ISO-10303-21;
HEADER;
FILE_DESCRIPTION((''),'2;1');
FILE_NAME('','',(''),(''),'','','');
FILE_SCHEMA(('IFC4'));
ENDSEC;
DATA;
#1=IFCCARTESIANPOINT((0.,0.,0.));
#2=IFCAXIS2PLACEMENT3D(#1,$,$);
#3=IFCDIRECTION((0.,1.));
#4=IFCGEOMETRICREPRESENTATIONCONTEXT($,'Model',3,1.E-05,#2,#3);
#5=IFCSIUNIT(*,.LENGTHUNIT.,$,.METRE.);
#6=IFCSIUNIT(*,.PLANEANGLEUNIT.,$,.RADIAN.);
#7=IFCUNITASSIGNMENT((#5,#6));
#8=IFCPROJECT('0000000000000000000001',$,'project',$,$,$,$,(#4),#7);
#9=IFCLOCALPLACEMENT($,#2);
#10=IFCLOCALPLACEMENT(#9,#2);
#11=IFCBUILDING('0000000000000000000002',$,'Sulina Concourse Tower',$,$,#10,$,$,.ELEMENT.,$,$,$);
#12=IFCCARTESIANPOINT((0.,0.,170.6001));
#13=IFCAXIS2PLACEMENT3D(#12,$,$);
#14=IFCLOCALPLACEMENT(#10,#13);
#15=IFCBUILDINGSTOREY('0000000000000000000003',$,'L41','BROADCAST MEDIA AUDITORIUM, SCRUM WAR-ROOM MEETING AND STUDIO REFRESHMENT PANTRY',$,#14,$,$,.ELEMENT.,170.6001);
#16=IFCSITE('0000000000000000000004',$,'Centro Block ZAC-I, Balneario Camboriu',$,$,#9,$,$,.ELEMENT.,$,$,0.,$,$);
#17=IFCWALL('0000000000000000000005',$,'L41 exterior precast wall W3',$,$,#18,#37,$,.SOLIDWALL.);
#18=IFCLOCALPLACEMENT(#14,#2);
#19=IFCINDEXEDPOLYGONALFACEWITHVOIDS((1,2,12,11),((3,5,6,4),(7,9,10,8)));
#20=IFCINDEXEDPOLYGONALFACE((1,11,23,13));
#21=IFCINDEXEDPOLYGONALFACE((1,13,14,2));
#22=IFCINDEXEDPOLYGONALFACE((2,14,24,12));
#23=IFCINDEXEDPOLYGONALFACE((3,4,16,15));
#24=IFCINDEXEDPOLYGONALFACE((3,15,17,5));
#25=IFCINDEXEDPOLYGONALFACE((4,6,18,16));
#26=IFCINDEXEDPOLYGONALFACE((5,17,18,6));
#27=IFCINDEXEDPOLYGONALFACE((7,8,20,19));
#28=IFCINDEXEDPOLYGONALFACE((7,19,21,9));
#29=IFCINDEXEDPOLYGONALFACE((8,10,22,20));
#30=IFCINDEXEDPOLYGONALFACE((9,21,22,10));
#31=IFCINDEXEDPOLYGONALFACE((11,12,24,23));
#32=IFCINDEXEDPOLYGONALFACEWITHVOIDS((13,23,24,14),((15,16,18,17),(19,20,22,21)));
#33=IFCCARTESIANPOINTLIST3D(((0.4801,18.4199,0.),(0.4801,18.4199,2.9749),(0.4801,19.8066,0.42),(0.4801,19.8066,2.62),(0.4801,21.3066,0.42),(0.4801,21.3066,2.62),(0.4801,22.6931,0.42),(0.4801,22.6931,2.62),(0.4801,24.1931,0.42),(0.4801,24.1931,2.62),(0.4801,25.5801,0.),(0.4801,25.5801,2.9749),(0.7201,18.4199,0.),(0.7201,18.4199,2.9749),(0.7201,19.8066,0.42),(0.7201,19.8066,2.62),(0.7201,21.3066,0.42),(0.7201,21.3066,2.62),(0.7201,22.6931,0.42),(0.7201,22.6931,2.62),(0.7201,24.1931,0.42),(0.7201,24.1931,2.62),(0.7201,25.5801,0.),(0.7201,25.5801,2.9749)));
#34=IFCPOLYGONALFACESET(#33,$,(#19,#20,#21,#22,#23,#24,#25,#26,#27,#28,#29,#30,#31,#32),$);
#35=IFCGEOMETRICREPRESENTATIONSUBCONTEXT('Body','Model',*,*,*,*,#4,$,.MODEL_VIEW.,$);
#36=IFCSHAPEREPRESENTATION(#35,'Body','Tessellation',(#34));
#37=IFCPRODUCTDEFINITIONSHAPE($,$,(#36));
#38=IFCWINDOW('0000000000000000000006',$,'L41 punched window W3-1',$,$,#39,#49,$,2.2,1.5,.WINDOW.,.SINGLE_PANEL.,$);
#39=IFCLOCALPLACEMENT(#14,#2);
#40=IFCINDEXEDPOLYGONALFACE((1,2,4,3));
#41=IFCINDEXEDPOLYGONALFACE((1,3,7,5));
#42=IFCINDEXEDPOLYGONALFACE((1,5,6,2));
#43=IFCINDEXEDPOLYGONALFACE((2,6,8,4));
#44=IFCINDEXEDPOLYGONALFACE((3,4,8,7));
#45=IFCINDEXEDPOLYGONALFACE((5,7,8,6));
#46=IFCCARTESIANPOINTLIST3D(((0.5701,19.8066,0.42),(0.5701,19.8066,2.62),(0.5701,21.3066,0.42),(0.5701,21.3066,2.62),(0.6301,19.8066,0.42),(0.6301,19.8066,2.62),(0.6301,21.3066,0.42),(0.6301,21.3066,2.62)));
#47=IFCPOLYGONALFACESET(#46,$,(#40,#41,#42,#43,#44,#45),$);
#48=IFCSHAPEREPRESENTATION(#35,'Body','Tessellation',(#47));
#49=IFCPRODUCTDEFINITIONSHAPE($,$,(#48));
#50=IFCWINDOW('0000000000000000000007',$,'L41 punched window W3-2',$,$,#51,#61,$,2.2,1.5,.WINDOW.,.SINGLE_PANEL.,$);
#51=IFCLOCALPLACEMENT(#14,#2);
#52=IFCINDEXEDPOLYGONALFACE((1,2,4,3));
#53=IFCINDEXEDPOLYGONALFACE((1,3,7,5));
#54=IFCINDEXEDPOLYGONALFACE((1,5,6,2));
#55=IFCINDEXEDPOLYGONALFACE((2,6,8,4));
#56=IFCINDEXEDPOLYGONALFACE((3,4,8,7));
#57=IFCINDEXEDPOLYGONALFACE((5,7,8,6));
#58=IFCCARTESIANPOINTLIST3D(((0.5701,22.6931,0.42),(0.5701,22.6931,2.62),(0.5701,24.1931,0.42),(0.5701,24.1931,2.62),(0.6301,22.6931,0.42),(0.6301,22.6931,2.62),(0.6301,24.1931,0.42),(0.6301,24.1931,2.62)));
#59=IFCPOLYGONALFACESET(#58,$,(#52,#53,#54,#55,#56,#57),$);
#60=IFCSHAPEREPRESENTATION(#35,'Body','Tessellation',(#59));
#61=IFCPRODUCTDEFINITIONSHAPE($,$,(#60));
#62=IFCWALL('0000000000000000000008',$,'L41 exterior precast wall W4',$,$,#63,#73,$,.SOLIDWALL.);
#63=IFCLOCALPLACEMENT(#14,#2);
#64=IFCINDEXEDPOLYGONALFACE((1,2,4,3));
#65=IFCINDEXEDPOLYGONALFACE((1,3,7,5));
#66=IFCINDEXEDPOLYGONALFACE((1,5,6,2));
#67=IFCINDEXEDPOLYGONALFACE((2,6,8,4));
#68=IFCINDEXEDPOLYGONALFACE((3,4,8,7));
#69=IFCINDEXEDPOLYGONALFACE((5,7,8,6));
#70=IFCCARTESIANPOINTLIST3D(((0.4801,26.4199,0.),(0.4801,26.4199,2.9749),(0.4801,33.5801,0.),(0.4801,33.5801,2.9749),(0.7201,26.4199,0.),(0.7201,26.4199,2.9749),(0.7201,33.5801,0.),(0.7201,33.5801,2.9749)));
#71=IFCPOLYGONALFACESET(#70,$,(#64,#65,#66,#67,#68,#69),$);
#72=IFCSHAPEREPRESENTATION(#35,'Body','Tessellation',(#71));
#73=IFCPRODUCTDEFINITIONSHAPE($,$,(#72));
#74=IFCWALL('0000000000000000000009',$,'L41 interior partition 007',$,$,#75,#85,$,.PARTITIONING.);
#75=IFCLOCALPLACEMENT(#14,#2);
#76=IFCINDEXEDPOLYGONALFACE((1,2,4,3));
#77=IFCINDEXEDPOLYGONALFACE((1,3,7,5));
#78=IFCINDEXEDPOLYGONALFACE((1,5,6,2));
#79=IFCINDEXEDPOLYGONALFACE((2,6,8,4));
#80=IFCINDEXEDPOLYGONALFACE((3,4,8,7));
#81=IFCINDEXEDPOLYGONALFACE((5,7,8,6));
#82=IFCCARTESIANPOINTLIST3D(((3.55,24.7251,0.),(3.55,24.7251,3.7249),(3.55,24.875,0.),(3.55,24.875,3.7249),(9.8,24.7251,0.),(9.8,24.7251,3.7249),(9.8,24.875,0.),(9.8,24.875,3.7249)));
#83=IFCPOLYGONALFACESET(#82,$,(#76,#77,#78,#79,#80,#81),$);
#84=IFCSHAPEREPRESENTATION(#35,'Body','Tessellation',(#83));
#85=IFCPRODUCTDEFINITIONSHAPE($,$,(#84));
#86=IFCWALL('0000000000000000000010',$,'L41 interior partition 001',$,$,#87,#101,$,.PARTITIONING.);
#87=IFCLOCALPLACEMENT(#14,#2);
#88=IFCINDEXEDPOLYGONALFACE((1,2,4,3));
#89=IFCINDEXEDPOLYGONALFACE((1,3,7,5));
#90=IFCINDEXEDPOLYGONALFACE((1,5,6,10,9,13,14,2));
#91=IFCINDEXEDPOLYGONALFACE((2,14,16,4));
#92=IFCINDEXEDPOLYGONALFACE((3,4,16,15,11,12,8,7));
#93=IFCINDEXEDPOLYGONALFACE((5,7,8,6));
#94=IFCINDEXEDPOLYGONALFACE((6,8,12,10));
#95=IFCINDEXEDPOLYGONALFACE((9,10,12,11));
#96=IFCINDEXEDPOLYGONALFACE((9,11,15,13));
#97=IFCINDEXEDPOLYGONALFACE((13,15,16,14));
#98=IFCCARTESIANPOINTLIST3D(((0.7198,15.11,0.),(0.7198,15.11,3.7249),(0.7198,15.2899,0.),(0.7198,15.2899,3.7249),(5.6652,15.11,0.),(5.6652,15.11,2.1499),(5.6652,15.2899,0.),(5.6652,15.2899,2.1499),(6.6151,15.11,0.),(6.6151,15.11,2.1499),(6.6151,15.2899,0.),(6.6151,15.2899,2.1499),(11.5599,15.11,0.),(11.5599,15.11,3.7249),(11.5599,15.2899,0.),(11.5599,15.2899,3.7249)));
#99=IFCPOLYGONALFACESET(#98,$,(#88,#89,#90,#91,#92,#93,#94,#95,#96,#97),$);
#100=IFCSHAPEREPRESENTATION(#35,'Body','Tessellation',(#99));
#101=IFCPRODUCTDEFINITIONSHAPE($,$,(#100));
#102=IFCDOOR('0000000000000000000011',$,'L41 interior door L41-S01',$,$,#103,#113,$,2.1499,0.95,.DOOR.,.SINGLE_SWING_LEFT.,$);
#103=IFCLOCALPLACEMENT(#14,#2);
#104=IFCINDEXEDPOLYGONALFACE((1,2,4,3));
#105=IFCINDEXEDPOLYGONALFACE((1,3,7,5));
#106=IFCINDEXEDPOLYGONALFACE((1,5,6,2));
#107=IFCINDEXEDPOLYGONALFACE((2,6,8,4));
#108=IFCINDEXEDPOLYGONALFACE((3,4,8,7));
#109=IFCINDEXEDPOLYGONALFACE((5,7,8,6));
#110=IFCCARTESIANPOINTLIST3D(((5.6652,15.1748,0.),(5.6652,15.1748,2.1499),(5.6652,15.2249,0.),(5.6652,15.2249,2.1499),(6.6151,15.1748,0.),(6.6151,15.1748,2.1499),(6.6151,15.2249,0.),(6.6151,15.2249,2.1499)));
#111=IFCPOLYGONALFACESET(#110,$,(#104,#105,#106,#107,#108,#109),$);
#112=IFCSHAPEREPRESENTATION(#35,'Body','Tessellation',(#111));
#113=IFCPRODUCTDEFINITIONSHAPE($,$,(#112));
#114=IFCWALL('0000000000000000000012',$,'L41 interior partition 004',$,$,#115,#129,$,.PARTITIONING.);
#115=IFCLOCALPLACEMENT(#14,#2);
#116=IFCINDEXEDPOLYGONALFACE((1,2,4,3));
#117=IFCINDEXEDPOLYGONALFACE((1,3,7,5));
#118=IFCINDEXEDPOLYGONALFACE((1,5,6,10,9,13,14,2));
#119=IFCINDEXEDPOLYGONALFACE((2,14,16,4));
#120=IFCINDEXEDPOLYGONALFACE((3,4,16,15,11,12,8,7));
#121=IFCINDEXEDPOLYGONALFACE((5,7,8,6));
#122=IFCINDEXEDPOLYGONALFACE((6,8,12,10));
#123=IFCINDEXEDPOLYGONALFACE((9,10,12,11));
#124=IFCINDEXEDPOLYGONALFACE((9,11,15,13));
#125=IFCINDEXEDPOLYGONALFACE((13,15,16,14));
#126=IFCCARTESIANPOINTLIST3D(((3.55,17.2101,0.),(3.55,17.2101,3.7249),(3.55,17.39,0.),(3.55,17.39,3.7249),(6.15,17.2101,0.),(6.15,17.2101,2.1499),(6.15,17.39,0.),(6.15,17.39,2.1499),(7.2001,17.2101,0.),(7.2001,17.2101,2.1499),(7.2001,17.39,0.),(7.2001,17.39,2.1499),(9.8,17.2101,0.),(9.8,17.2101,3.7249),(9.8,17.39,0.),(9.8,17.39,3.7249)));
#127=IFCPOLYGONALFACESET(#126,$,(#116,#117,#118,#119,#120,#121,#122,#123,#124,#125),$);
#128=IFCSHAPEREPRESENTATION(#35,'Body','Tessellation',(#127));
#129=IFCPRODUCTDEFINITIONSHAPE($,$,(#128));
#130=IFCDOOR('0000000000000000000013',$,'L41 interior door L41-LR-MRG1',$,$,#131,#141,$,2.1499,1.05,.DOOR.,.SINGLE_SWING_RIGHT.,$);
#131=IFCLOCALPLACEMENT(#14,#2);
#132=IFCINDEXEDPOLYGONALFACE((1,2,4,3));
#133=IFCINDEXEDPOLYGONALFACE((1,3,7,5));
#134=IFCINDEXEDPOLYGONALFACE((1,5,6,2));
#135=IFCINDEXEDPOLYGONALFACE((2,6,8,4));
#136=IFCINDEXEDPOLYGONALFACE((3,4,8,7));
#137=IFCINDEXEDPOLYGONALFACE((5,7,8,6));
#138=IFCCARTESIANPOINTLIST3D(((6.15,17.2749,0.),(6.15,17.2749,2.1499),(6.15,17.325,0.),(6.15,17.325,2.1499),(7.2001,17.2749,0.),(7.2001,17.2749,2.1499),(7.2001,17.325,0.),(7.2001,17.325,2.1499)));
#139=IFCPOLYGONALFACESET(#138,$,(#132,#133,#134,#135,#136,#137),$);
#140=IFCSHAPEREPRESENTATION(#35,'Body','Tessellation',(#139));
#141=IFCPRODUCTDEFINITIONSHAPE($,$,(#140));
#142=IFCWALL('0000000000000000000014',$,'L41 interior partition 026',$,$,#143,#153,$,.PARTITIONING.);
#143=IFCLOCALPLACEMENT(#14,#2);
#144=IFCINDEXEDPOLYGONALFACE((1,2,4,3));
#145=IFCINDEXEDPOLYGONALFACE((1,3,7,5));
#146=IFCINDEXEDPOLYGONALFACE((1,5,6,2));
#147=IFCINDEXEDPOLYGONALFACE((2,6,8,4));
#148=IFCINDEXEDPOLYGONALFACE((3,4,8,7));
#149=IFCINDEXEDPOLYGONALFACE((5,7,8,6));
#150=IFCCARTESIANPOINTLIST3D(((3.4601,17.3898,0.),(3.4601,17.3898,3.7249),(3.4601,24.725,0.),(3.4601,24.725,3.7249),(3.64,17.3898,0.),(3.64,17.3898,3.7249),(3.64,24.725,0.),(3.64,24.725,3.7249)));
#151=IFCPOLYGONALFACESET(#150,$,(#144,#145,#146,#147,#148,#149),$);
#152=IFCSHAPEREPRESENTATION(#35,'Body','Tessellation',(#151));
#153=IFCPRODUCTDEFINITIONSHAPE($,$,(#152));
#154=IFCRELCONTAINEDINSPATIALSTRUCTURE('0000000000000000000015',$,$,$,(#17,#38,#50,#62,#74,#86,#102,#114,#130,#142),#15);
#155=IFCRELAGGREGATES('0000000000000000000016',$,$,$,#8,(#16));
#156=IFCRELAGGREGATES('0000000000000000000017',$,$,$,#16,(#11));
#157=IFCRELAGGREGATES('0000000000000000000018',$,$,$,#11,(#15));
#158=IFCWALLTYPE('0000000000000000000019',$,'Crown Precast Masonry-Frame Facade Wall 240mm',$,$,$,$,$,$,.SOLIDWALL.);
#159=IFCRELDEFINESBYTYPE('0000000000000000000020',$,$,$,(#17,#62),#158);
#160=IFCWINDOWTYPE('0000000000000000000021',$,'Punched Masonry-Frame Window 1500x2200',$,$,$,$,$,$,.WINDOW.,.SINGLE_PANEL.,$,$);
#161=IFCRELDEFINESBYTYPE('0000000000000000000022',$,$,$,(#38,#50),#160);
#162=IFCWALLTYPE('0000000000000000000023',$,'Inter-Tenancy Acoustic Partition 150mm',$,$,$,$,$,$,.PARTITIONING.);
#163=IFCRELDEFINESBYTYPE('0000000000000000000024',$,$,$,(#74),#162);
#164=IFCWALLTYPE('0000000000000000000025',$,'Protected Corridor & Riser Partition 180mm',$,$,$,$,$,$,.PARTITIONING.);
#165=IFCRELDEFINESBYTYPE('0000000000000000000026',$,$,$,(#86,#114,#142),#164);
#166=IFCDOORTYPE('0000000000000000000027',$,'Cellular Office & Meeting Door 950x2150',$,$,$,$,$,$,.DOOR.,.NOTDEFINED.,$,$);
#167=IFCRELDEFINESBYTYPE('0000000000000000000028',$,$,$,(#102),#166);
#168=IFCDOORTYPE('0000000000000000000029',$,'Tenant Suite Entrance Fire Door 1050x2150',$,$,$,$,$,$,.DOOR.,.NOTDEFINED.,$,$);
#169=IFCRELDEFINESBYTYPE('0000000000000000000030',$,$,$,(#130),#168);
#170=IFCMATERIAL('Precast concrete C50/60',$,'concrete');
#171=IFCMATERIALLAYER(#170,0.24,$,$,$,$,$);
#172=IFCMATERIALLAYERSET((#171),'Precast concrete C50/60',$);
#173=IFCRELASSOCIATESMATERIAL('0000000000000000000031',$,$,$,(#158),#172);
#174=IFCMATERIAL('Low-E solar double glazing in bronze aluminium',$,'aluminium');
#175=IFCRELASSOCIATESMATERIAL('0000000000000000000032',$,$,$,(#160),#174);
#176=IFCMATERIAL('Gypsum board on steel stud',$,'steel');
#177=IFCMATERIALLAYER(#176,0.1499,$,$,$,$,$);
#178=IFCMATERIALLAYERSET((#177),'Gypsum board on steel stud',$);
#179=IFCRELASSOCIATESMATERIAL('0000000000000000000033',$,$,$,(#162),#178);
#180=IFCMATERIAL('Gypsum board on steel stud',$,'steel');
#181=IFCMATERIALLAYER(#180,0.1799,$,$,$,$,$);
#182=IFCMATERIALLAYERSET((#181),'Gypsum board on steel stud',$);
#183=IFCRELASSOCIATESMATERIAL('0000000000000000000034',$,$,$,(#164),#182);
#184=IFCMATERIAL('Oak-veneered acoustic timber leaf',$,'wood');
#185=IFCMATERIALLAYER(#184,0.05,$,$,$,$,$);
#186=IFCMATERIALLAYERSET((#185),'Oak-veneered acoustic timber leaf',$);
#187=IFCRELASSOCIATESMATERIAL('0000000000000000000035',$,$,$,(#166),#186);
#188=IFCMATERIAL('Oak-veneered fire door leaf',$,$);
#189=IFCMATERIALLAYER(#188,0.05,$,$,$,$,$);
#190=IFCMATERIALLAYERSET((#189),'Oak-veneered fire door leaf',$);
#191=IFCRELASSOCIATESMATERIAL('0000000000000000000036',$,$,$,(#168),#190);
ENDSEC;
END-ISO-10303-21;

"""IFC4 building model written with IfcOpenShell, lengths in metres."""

from ifc_helpers import new_model, si_unit, direction, frame, frame_2d, origin, place, context, subcontext, project, spatial, rectangle, extrude, material, layer, layer_set, type_object, element, fill, save


model = new_model("IFC4")

# Units and contexts
model_context = context("Model", 3, precision=1e-05, world=origin(), true_north=direction((0.0, 1.0)))
body_context = subcontext(model_context, "Body", "Model", "MODEL_VIEW")
ifc_project = project(units=[si_unit("LENGTHUNIT", "METRE"), si_unit("PLANEANGLEUNIT", "RADIAN")], contexts=[model_context])

# Site, building, storey
site_placement = place(None, origin())
site = spatial("IfcSite", under=ifc_project, at=site_placement, Name="Centro Block ZAC-I, Balneario Camboriu", CompositionType="ELEMENT", RefElevation=0.0)
building_placement = place(site_placement, origin())
building = spatial("IfcBuilding", under=site, at=building_placement, Name="Sulina Concourse Tower", CompositionType="ELEMENT")
storey_placement = place(building_placement, frame((0.0, 0.0, 170.6001)))
storey = spatial("IfcBuildingStorey", under=building, at=storey_placement, Name="L41", Description="BROADCAST MEDIA AUDITORIUM, SCRUM WAR-ROOM MEETING AND STUDIO REFRESHMENT PANTRY", CompositionType="ELEMENT", Elevation=170.6001)

# Wall, openings, windows
ifc_material_1 = material(Name="Precast concrete C50/60", Category="concrete")
ifc_layer_1 = layer(ifc_material_1, 0.24)
ifc_layer_set_1 = layer_set([ifc_layer_1], Name="Precast concrete C50/60")
wall_type_1 = type_object("IfcWallType", Name="Crown Precast Masonry-Frame Facade Wall 240mm", PredefinedType="SOLIDWALL", material=ifc_layer_set_1)
wall_1_placement = place(storey_placement, frame((0.6001, 18.4199, 0.0), z_axis=(0.0, 0.0, 1.0), x_axis=(0.0, 1.0, 0.0)))
wall_1 = element("IfcWall", 1, at=wall_1_placement, inside=storey, type_object=wall_type_1, Name="L41 exterior precast wall W3", PredefinedType="SOLIDWALL", context=body_context, shape_type="SweptSolid", body=[
    extrude(rectangle(XDim=7.1602, YDim=0.24, at=frame_2d((3.5801, 0.0))), origin(), (0.0, 0.0, 1.0), 2.9749),
])
opening_1_placement = place(wall_1_placement, frame((1.3867, 0.0, 0.4199)))
opening_1 = element("IfcOpeningElement", 2, at=opening_1_placement, cuts=wall_1, PredefinedType="OPENING", context=body_context, shape_type="SweptSolid", body=[
    extrude(rectangle(XDim=1.5, YDim=2.2, at=frame_2d((0.75, 1.1001))), frame((0.0, 0.1299, 0.0), z_axis=(0.0, -1.0, 0.0), x_axis=(1.0, 0.0, 0.0)), (0.0, 0.0, 1.0), 0.26),
])
opening_2_placement = place(wall_1_placement, frame((4.2732, 0.0, 0.4199)))
opening_2 = element("IfcOpeningElement", 3, at=opening_2_placement, cuts=wall_1, PredefinedType="OPENING", context=body_context, shape_type="SweptSolid", body=[
    extrude(rectangle(XDim=1.5, YDim=2.2, at=frame_2d((0.75, 1.1001))), frame((0.0, 0.1299, 0.0), z_axis=(0.0, -1.0, 0.0), x_axis=(1.0, 0.0, 0.0)), (0.0, 0.0, 1.0), 0.26),
])
ifc_material_2 = material(Name="Low-E solar double glazing in bronze aluminium", Category="aluminium")
window_type = type_object("IfcWindowType", Name="Punched Masonry-Frame Window 1500x2200", PartitioningType="SINGLE_PANEL", PredefinedType="WINDOW", material=ifc_material_2)
window_1_placement = place(opening_1_placement, origin())
window_1 = element("IfcWindow", 4, at=window_1_placement, inside=storey, type_object=window_type, Name="L41 punched window W3-1", OverallHeight=2.2, OverallWidth=1.5, PartitioningType="SINGLE_PANEL", PredefinedType="WINDOW", context=body_context, shape_type="SweptSolid", body=[
    extrude(rectangle(XDim=1.5, YDim=2.2, at=frame_2d((0.75, 1.1001))), frame((0.0, 0.03, 0.0), z_axis=(0.0, -1.0, 0.0), x_axis=(1.0, 0.0, 0.0)), (0.0, 0.0, 1.0), 0.0601),
])
fill(opening_1, window_1)
window_2_placement = place(opening_2_placement, origin())
window_2 = element("IfcWindow", 5, at=window_2_placement, inside=storey, type_object=window_type, Name="L41 punched window W3-2", OverallHeight=2.2, OverallWidth=1.5, PartitioningType="SINGLE_PANEL", PredefinedType="WINDOW", context=body_context, shape_type="SweptSolid", body=[
    extrude(rectangle(XDim=1.5, YDim=2.2, at=frame_2d((0.75, 1.1001))), frame((0.0, 0.03, 0.0), z_axis=(0.0, -1.0, 0.0), x_axis=(1.0, 0.0, 0.0)), (0.0, 0.0, 1.0), 0.0601),
])
fill(opening_2, window_2)

# Walls
wall_2_placement = place(storey_placement, frame((0.6001, 26.4199, 0.0), z_axis=(0.0, 0.0, 1.0), x_axis=(0.0, 1.0, 0.0)))
element("IfcWall", 6, at=wall_2_placement, inside=storey, type_object=wall_type_1, Name="L41 exterior precast wall W4", PredefinedType="SOLIDWALL", context=body_context, shape_type="SweptSolid", body=[
    extrude(rectangle(XDim=7.1602, YDim=0.24, at=frame_2d((3.5801, 0.0))), origin(), (0.0, 0.0, 1.0), 2.9749),
])
ifc_material_3 = material(Name="Gypsum board on steel stud", Category="steel")
ifc_layer_2 = layer(ifc_material_3, 0.1499)
ifc_layer_set_2 = layer_set([ifc_layer_2], Name="Gypsum board on steel stud")
wall_type_2 = type_object("IfcWallType", Name="Inter-Tenancy Acoustic Partition 150mm", PredefinedType="PARTITIONING", material=ifc_layer_set_2)
wall_3_placement = place(storey_placement, frame((3.55, 24.8, 0.0), z_axis=(0.0, 0.0, 1.0), x_axis=(1.0, 0.0, 0.0)))
element("IfcWall", 7, at=wall_3_placement, inside=storey, type_object=wall_type_2, Name="L41 interior partition 007", PredefinedType="PARTITIONING", context=body_context, shape_type="SweptSolid", body=[
    extrude(rectangle(XDim=6.25, YDim=0.1499, at=frame_2d((3.125, 0.0))), origin(), (0.0, 0.0, 1.0), 3.7249),
])

# Walls, openings, doors
ifc_material_4 = material(Name="Gypsum board on steel stud", Category="steel")
ifc_layer_3 = layer(ifc_material_4, 0.1799)
ifc_layer_set_3 = layer_set([ifc_layer_3], Name="Gypsum board on steel stud")
wall_type_3 = type_object("IfcWallType", Name="Protected Corridor & Riser Partition 180mm", PredefinedType="PARTITIONING", material=ifc_layer_set_3)
wall_4_placement = place(storey_placement, frame((0.72, 15.2, 0.0), z_axis=(0.0, 0.0, 1.0), x_axis=(1.0, 0.0, 0.0)))
wall_4 = element("IfcWall", 8, at=wall_4_placement, inside=storey, type_object=wall_type_3, Name="L41 interior partition 001", PredefinedType="PARTITIONING", context=body_context, shape_type="SweptSolid", body=[
    extrude(rectangle(XDim=10.8401, YDim=0.1799, at=frame_2d((5.4199, 0.0))), origin(), (0.0, 0.0, 1.0), 3.7249),
])
opening_3_placement = place(wall_4_placement, frame((4.9451, 0.0, 0.0)))
opening_3 = element("IfcOpeningElement", 9, at=opening_3_placement, cuts=wall_4, PredefinedType="OPENING", context=body_context, shape_type="SweptSolid", body=[
    extrude(rectangle(XDim=0.95, YDim=2.1499, at=frame_2d((0.4751, 1.075))), frame((0.0, 0.0999, 0.0), z_axis=(0.0, -1.0, 0.0), x_axis=(1.0, 0.0, 0.0)), (0.0, 0.0, 1.0), 0.2),
])
ifc_material_5 = material(Name="Oak-veneered acoustic timber leaf", Category="wood")
ifc_layer_4 = layer(ifc_material_5, 0.05)
ifc_layer_set_4 = layer_set([ifc_layer_4], Name="Oak-veneered acoustic timber leaf")
door_type_1 = type_object("IfcDoorType", Name="Cellular Office & Meeting Door 950x2150", OperationType="NOTDEFINED", PredefinedType="DOOR", material=ifc_layer_set_4)
door_1_placement = place(opening_3_placement, origin())
door_1 = element("IfcDoor", 10, at=door_1_placement, inside=storey, type_object=door_type_1, Name="L41 interior door L41-S01", OperationType="SINGLE_SWING_LEFT", OverallHeight=2.1499, OverallWidth=0.95, PredefinedType="DOOR", context=body_context, shape_type="SweptSolid", body=[
    extrude(rectangle(XDim=0.95, YDim=2.1499, at=frame_2d((0.4751, 1.075))), frame((0.0, 0.0249, 0.0), z_axis=(0.0, -1.0, 0.0), x_axis=(1.0, 0.0, 0.0)), (0.0, 0.0, 1.0), 0.05),
])
fill(opening_3, door_1)
wall_5_placement = place(storey_placement, frame((3.55, 17.3, 0.0), z_axis=(0.0, 0.0, 1.0), x_axis=(1.0, 0.0, 0.0)))
wall_5 = element("IfcWall", 11, at=wall_5_placement, inside=storey, type_object=wall_type_3, Name="L41 interior partition 004", PredefinedType="PARTITIONING", context=body_context, shape_type="SweptSolid", body=[
    extrude(rectangle(XDim=6.25, YDim=0.1799, at=frame_2d((3.125, 0.0))), origin(), (0.0, 0.0, 1.0), 3.7249),
])
opening_4_placement = place(wall_5_placement, frame((2.6001, 0.0, 0.0)))
opening_4 = element("IfcOpeningElement", 12, at=opening_4_placement, cuts=wall_5, PredefinedType="OPENING", context=body_context, shape_type="SweptSolid", body=[
    extrude(rectangle(XDim=1.05, YDim=2.1499, at=frame_2d((0.5249, 1.075))), frame((0.0, 0.0999, 0.0), z_axis=(0.0, -1.0, 0.0), x_axis=(1.0, 0.0, 0.0)), (0.0, 0.0, 1.0), 0.2),
])
ifc_material_6 = material(Name="Oak-veneered fire door leaf")
ifc_layer_5 = layer(ifc_material_6, 0.05)
ifc_layer_set_5 = layer_set([ifc_layer_5], Name="Oak-veneered fire door leaf")
door_type_2 = type_object("IfcDoorType", Name="Tenant Suite Entrance Fire Door 1050x2150", OperationType="NOTDEFINED", PredefinedType="DOOR", material=ifc_layer_set_5)
door_2_placement = place(opening_4_placement, origin())
door_2 = element("IfcDoor", 13, at=door_2_placement, inside=storey, type_object=door_type_2, Name="L41 interior door L41-LR-MRG1", OperationType="SINGLE_SWING_RIGHT", OverallHeight=2.1499, OverallWidth=1.05, PredefinedType="DOOR", context=body_context, shape_type="SweptSolid", body=[
    extrude(rectangle(XDim=1.05, YDim=2.1499, at=frame_2d((0.5249, 1.075))), frame((0.0, 0.0249, 0.0), z_axis=(0.0, -1.0, 0.0), x_axis=(1.0, 0.0, 0.0)), (0.0, 0.0, 1.0), 0.05),
])
fill(opening_4, door_2)

# Wall
wall_6_placement = place(storey_placement, frame((3.55, 17.3899, 0.0), z_axis=(0.0, 0.0, 1.0), x_axis=(0.0, 1.0, 0.0)))
element("IfcWall", 14, at=wall_6_placement, inside=storey, type_object=wall_type_3, Name="L41 interior partition 026", PredefinedType="PARTITIONING", context=body_context, shape_type="SweptSolid", body=[
    extrude(rectangle(XDim=7.3352, YDim=0.1799, at=frame_2d((3.6675, 0.0))), origin(), (0.0, 0.0, 1.0), 3.7249),
])

save(model, "model.ifc")
